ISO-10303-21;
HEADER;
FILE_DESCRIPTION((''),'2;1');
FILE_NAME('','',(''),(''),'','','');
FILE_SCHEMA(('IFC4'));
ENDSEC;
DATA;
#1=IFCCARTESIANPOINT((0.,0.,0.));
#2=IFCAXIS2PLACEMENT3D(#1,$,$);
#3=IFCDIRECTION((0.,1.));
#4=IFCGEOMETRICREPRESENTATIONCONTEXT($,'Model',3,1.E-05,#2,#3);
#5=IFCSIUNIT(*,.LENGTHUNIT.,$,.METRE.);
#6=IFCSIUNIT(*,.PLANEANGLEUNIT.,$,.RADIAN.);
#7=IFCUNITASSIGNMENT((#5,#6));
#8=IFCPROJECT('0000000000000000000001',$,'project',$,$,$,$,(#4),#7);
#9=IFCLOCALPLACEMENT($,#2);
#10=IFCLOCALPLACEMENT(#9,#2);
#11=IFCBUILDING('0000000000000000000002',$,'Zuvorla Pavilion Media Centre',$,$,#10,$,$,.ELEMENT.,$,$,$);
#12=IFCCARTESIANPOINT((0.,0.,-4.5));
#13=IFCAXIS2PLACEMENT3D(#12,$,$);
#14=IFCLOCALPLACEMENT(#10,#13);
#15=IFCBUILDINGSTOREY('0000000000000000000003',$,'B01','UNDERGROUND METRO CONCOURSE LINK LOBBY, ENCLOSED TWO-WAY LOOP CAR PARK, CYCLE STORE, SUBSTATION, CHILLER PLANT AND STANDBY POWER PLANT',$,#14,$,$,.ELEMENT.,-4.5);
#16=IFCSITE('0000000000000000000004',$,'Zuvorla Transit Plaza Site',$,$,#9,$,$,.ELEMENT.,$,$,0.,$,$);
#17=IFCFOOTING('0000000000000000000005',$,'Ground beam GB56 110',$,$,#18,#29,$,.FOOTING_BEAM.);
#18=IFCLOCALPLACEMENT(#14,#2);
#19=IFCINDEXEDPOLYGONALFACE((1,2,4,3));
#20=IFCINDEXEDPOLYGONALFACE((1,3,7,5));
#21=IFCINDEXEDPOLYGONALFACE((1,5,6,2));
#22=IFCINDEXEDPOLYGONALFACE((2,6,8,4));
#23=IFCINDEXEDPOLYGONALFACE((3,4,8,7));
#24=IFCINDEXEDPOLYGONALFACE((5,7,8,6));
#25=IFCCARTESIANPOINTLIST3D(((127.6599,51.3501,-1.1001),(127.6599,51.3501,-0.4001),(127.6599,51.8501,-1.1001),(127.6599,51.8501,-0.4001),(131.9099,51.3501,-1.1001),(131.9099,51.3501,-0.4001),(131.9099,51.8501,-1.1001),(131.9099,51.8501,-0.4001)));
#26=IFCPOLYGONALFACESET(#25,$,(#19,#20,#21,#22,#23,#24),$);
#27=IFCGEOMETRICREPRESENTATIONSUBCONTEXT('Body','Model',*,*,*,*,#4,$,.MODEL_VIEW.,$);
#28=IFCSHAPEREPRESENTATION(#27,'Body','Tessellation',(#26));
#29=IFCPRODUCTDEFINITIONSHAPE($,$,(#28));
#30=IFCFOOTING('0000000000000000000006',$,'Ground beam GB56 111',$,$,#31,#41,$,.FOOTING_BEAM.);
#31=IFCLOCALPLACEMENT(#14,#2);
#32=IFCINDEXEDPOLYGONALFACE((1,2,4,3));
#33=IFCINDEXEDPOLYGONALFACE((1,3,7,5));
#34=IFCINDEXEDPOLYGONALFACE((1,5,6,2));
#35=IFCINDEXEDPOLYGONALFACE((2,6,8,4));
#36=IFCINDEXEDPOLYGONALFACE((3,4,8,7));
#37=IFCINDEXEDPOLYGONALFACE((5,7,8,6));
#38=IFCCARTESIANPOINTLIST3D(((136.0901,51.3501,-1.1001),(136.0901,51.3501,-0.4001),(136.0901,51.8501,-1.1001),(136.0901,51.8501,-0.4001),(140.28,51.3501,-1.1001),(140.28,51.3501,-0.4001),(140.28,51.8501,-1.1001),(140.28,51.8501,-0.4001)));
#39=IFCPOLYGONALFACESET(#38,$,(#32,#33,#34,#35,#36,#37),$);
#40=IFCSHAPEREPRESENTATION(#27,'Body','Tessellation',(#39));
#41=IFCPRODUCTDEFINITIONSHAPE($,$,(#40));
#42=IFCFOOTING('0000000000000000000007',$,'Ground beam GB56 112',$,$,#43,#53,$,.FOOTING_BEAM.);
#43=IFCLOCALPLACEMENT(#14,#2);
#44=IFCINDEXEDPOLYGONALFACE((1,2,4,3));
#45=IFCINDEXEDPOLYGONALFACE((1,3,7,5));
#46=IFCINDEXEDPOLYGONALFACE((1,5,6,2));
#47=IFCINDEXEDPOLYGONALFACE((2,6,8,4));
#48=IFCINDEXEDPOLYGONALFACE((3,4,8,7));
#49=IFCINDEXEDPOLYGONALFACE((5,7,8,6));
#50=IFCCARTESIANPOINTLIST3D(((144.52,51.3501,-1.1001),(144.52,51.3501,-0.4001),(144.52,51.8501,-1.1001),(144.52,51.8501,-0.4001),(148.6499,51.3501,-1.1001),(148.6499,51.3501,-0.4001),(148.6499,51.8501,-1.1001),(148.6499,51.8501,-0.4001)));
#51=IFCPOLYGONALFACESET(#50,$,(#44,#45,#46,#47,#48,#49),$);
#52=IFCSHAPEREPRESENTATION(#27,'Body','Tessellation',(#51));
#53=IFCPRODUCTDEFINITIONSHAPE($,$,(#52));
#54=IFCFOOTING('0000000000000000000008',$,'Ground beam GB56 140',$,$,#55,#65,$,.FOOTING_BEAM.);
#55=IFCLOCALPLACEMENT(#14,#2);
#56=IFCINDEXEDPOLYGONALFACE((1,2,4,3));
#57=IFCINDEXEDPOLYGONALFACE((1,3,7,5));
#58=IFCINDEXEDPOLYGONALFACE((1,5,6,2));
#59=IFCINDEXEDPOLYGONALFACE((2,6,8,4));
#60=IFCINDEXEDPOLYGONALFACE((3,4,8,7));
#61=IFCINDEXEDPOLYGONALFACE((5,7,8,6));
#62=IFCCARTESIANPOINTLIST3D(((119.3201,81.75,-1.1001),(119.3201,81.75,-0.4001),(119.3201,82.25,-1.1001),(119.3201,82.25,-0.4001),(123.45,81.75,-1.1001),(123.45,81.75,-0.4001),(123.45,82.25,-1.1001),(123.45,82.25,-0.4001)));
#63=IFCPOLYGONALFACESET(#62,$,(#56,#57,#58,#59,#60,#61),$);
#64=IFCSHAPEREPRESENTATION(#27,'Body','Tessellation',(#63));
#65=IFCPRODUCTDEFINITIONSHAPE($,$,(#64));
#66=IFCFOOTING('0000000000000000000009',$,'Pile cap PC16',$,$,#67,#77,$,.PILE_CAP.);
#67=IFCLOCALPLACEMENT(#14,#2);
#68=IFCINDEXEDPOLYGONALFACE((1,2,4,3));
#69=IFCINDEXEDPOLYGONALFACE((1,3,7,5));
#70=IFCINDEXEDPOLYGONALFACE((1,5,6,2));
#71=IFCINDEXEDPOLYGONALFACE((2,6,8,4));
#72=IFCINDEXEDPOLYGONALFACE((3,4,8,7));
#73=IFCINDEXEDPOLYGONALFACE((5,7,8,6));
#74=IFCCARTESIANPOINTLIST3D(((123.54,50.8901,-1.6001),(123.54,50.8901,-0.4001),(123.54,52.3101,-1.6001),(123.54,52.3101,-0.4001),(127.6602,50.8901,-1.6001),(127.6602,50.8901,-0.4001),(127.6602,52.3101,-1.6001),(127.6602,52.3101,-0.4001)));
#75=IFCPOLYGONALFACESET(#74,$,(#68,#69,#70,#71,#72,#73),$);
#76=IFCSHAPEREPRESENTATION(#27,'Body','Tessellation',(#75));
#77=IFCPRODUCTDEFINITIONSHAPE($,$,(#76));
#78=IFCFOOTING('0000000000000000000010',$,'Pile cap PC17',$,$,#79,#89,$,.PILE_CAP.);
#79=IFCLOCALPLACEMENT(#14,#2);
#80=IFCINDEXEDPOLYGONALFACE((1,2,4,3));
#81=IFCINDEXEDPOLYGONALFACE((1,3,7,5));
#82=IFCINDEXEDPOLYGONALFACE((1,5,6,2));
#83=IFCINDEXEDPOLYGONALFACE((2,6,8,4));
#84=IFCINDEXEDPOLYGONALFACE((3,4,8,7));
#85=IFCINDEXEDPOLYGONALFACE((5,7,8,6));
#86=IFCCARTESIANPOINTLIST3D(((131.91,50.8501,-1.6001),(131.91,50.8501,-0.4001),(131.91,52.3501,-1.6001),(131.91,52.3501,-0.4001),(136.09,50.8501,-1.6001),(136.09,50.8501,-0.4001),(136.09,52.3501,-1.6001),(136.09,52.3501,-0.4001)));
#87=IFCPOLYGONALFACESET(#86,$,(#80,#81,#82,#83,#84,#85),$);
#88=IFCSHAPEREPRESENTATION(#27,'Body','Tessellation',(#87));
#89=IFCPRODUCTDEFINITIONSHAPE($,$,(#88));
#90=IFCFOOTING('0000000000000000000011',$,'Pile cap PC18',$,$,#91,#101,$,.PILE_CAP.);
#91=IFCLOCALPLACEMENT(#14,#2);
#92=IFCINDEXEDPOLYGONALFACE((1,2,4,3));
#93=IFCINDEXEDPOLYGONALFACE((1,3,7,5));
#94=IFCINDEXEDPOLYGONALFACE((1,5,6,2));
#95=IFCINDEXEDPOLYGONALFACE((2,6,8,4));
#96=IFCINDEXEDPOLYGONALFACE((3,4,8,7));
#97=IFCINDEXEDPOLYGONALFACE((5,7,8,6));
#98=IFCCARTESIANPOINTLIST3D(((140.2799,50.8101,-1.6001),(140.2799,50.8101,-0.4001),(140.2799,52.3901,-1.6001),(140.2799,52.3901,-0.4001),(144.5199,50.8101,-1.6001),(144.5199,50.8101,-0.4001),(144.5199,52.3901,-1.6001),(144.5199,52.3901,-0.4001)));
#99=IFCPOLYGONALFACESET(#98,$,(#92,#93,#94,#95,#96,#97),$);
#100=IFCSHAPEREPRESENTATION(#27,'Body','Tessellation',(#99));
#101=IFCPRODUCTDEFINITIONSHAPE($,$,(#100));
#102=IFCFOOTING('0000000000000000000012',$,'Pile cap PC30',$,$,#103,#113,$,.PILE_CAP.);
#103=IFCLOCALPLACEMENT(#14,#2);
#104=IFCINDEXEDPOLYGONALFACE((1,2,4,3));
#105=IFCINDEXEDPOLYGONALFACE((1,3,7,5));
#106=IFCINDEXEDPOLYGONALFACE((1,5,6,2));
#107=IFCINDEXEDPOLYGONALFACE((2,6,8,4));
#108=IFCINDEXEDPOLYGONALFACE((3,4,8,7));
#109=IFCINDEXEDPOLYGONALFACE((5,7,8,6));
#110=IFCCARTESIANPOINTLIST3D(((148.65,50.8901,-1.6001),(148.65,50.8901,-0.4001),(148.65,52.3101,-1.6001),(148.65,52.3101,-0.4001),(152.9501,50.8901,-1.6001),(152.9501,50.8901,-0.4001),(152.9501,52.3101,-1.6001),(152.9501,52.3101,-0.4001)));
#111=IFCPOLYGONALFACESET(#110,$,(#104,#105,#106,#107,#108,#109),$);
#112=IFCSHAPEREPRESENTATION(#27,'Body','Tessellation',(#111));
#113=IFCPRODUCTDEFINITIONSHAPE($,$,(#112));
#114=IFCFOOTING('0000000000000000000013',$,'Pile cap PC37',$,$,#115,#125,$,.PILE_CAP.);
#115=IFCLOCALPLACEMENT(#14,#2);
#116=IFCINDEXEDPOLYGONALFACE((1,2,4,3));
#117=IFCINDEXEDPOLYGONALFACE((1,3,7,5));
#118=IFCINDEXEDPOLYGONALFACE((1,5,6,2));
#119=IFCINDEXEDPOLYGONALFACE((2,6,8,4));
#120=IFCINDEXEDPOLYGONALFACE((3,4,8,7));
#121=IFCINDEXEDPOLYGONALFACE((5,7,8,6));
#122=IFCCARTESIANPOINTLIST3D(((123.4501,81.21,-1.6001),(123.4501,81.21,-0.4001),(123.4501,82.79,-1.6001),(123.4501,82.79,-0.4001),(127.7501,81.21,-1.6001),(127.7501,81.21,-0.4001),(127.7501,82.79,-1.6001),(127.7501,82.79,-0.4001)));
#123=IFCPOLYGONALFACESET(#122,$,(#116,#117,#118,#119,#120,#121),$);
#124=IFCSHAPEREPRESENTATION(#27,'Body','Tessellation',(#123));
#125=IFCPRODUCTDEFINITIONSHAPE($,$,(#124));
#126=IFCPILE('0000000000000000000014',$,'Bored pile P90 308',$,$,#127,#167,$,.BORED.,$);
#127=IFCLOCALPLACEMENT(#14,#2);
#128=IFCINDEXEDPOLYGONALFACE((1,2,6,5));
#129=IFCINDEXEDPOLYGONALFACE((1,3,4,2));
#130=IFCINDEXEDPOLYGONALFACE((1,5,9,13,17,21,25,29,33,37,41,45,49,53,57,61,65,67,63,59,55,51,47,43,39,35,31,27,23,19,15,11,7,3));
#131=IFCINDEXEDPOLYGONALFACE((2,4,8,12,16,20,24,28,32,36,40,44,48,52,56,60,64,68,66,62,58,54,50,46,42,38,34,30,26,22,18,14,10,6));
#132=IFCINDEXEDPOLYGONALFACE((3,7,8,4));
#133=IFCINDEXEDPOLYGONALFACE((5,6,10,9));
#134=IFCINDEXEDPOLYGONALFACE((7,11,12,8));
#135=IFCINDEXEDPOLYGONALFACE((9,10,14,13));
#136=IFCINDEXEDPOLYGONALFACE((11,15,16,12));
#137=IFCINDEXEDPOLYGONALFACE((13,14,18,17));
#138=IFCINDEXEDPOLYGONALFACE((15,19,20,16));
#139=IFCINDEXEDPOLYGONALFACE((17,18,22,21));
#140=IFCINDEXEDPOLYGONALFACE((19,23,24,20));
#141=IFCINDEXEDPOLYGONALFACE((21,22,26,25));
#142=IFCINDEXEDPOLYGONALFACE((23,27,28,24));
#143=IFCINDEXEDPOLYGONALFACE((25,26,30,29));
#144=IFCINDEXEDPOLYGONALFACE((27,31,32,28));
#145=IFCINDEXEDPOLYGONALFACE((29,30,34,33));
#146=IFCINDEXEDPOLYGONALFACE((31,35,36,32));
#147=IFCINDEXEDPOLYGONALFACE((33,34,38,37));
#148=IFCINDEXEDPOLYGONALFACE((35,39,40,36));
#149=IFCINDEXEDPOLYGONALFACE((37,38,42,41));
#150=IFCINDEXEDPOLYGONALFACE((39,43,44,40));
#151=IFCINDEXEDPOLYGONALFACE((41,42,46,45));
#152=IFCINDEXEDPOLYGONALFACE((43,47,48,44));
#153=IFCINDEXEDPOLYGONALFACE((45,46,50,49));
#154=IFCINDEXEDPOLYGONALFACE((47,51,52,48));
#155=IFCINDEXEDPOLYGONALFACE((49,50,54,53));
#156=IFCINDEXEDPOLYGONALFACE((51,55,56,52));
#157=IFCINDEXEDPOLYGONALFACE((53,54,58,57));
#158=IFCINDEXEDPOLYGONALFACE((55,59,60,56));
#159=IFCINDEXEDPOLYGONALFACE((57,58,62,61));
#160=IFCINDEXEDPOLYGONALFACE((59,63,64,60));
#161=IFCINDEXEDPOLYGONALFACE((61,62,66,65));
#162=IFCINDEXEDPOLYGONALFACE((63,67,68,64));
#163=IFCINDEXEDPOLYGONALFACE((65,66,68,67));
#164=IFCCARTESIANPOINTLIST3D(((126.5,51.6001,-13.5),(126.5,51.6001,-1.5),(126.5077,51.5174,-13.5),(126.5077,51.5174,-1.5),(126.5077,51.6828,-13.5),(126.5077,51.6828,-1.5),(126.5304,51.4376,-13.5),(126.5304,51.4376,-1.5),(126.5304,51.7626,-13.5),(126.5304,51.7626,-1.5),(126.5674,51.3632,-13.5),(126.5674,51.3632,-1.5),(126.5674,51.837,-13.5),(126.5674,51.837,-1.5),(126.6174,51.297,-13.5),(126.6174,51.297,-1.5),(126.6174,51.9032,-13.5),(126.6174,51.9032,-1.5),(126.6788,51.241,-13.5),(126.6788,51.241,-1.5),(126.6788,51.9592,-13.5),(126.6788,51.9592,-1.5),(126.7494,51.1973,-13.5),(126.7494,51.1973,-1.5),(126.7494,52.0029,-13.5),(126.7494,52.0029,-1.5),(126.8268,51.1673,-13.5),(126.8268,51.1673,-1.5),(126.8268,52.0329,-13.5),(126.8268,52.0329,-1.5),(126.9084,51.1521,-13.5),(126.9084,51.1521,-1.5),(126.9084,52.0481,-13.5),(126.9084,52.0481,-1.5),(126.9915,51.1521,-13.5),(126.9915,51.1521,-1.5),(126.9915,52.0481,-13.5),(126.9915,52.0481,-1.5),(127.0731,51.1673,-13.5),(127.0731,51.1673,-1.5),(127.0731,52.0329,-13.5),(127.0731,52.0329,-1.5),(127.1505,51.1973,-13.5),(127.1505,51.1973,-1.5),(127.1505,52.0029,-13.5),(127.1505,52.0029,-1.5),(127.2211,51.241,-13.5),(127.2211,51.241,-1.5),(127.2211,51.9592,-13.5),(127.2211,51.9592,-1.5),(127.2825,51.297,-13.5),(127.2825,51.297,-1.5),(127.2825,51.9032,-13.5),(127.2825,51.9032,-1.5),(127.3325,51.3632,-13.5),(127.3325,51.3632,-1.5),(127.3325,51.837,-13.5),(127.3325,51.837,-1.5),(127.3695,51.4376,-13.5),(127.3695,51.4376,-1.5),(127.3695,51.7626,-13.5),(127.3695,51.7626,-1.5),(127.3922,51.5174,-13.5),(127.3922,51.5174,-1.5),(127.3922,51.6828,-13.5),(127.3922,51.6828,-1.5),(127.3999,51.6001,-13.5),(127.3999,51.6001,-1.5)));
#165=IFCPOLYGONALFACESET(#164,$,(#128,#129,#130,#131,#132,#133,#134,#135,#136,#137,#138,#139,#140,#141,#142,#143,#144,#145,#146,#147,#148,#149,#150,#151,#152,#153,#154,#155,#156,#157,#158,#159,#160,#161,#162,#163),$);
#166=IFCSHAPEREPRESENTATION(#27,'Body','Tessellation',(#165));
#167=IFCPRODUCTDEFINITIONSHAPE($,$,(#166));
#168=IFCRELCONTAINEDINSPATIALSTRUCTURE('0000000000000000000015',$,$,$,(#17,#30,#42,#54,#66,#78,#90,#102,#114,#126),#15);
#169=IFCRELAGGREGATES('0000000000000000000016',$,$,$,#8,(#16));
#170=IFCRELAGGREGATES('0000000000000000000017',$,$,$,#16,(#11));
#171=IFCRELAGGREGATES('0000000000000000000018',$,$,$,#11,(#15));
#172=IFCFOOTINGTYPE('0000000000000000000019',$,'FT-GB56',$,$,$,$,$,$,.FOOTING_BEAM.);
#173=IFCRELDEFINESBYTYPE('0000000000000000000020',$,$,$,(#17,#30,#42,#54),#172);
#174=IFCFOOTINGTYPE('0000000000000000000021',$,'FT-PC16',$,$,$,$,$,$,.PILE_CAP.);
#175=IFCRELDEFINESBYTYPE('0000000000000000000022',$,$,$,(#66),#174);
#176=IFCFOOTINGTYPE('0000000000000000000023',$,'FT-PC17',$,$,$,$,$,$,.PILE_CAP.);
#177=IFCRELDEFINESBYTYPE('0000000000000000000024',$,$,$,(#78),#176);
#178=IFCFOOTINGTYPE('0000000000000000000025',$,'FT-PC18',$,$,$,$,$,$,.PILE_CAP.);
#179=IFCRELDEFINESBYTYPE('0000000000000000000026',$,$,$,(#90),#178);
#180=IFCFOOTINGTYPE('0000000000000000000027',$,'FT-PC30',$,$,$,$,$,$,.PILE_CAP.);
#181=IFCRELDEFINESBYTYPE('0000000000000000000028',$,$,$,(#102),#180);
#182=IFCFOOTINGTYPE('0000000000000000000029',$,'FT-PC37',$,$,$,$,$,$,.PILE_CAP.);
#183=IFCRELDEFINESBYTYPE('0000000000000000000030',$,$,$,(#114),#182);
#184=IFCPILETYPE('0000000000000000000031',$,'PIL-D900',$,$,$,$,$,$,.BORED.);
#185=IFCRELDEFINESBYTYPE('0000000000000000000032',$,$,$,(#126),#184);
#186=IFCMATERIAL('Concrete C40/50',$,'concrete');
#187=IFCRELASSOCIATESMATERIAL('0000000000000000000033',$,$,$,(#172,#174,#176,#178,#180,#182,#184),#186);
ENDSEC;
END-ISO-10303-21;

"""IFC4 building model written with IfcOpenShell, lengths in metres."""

from ifc_helpers import new_model, si_unit, direction, frame, origin, origin_2d, place, context, subcontext, project, spatial, rectangle, circle, extrude, material, material_profile, profile_set, type_object, element, save


model = new_model("IFC4")

# Units and contexts
model_context = context("Model", 3, precision=1e-05, world=origin(), true_north=direction((0.0, 1.0)))
body_context = subcontext(model_context, "Body", "Model", "MODEL_VIEW")
ifc_project = project(units=[si_unit("LENGTHUNIT", "METRE"), si_unit("PLANEANGLEUNIT", "RADIAN")], contexts=[model_context])

# Site, building, storey
site_placement = place(None, origin())
site = spatial("IfcSite", under=ifc_project, at=site_placement, Name="Zuvorla Transit Plaza Site", CompositionType="ELEMENT", RefElevation=0.0)
building_placement = place(site_placement, origin())
building = spatial("IfcBuilding", under=site, at=building_placement, Name="Zuvorla Pavilion Media Centre", CompositionType="ELEMENT")
storey_placement = place(building_placement, frame((0.0, 0.0, -4.5)))
storey = spatial("IfcBuildingStorey", under=building, at=storey_placement, Name="B01", Description="UNDERGROUND METRO CONCOURSE LINK LOBBY, ENCLOSED TWO-WAY LOOP CAR PARK, CYCLE STORE, SUBSTATION, CHILLER PLANT AND STANDBY POWER PLANT", CompositionType="ELEMENT", Elevation=-4.5)

# Footings
ifc_material = material(Name="Concrete C40/50", Category="concrete")
footing_type_1 = type_object("IfcFootingType", Name="FT-GB56", PredefinedType="FOOTING_BEAM", material=ifc_material)
footing_1_placement = place(storey_placement, frame((129.7849, 51.6001, -1.1001), z_axis=(0.0, 0.0, 1.0), x_axis=(1.0, 0.0, 0.0)))
element("IfcFooting", 1, at=footing_1_placement, inside=storey, type_object=footing_type_1, Name="Ground beam GB56 110", PredefinedType="FOOTING_BEAM", context=body_context, shape_type="SweptSolid", body=[
    extrude(rectangle(XDim=4.25, YDim=0.5, at=origin_2d()), origin(), (0.0, 0.0, 1.0), 0.7),
])
footing_2_placement = place(storey_placement, frame((138.1851, 51.6001, -1.1001), z_axis=(0.0, 0.0, 1.0), x_axis=(1.0, 0.0, 0.0)))
element("IfcFooting", 2, at=footing_2_placement, inside=storey, type_object=footing_type_1, Name="Ground beam GB56 111", PredefinedType="FOOTING_BEAM", context=body_context, shape_type="SweptSolid", body=[
    extrude(rectangle(XDim=4.1899, YDim=0.5, at=origin_2d()), origin(), (0.0, 0.0, 1.0), 0.7),
])
for number, where, z_axis, x_axis, name in (
    (3, (146.585, 51.6001, -1.1001), (0.0, 0.0, 1.0), (1.0, 0.0, 0.0), "Ground beam GB56 112"),
    (4, (121.385, 82.0, -1.1001), (0.0, 0.0, 1.0), (1.0, 0.0, 0.0), "Ground beam GB56 140"),
):
    element("IfcFooting", number, at=place(storey_placement, frame(where, z_axis=z_axis, x_axis=x_axis)), inside=storey, type_object=footing_type_1, Name=name, PredefinedType="FOOTING_BEAM", context=body_context, shape_type="SweptSolid", body=[
        extrude(rectangle(XDim=4.1299, YDim=0.5, at=origin_2d()), origin(), (0.0, 0.0, 1.0), 0.7),
    ])
footing_type_2 = type_object("IfcFootingType", Name="FT-PC16", PredefinedType="PILE_CAP", material=ifc_material)
footing_3_placement = place(storey_placement, frame((125.6001, 51.6001, -1.6001), z_axis=(0.0, 0.0, 1.0), x_axis=(1.0, 0.0, 0.0)))
element("IfcFooting", 5, at=footing_3_placement, inside=storey, type_object=footing_type_2, Name="Pile cap PC16", PredefinedType="PILE_CAP", context=body_context, shape_type="SweptSolid", body=[
    extrude(rectangle(XDim=4.1201, YDim=1.4199, at=origin_2d()), origin(), (0.0, 0.0, 1.0), 1.2),
])
footing_type_3 = type_object("IfcFootingType", Name="FT-PC17", PredefinedType="PILE_CAP", material=ifc_material)
footing_4_placement = place(storey_placement, frame((134.0, 51.6001, -1.6001), z_axis=(0.0, 0.0, 1.0), x_axis=(1.0, 0.0, 0.0)))
element("IfcFooting", 6, at=footing_4_placement, inside=storey, type_object=footing_type_3, Name="Pile cap PC17", PredefinedType="PILE_CAP", context=body_context, shape_type="SweptSolid", body=[
    extrude(rectangle(XDim=4.1799, YDim=1.5, at=origin_2d()), origin(), (0.0, 0.0, 1.0), 1.2),
])
footing_type_4 = type_object("IfcFootingType", Name="FT-PC18", PredefinedType="PILE_CAP", material=ifc_material)
footing_5_placement = place(storey_placement, frame((142.3999, 51.6001, -1.6001), z_axis=(0.0, 0.0, 1.0), x_axis=(1.0, 0.0, 0.0)))
element("IfcFooting", 7, at=footing_5_placement, inside=storey, type_object=footing_type_4, Name="Pile cap PC18", PredefinedType="PILE_CAP", context=body_context, shape_type="SweptSolid", body=[
    extrude(rectangle(XDim=4.24, YDim=1.5801, at=origin_2d()), origin(), (0.0, 0.0, 1.0), 1.2),
])
footing_type_5 = type_object("IfcFootingType", Name="FT-PC30", PredefinedType="PILE_CAP", material=ifc_material)
footing_6_placement = place(storey_placement, frame((150.8, 51.6001, -1.6001), z_axis=(0.0, 0.0, 1.0), x_axis=(1.0, 0.0, 0.0)))
element("IfcFooting", 8, at=footing_6_placement, inside=storey, type_object=footing_type_5, Name="Pile cap PC30", PredefinedType="PILE_CAP", context=body_context, shape_type="SweptSolid", body=[
    extrude(rectangle(XDim=4.3, YDim=1.4199, at=origin_2d()), origin(), (0.0, 0.0, 1.0), 1.2),
])
footing_type_6 = type_object("IfcFootingType", Name="FT-PC37", PredefinedType="PILE_CAP", material=ifc_material)
footing_7_placement = place(storey_placement, frame((125.6001, 82.0, -1.6001), z_axis=(0.0, 0.0, 1.0), x_axis=(1.0, 0.0, 0.0)))
element("IfcFooting", 9, at=footing_7_placement, inside=storey, type_object=footing_type_6, Name="Pile cap PC37", PredefinedType="PILE_CAP", context=body_context, shape_type="SweptSolid", body=[
    extrude(rectangle(XDim=4.3, YDim=1.5801, at=origin_2d()), origin(), (0.0, 0.0, 1.0), 1.2),
])

# Pile
ifc_material_profile_1 = material_profile(ifc_material, circle(Radius=0.45, at=origin_2d()), Name="BORED PILE 900")
ifc_profile_set_1 = profile_set([ifc_material_profile_1], Name="Concrete C40/50")
pile_type = type_object("IfcPileType", Name="PIL-D900", PredefinedType="BORED", material=ifc_profile_set_1)
for number, where, z_axis, x_axis, name in (
    (10, (126.95, 51.6001, -1.5), (0.0, 0.0, -1.0), (1.0, 0.0, 0.0), "Bored pile P90 308"),
):
    element("IfcPile", number, at=place(storey_placement, frame(where, z_axis=z_axis, x_axis=x_axis)), inside=storey, type_object=pile_type, Name=name, PredefinedType="BORED", context=body_context, shape_type="SweptSolid", body=[
        extrude(circle(Radius=0.45, at=origin_2d()), origin(), (0.0, 0.0, 1.0), 12.0),
    ])

save(model, "model.ifc")
